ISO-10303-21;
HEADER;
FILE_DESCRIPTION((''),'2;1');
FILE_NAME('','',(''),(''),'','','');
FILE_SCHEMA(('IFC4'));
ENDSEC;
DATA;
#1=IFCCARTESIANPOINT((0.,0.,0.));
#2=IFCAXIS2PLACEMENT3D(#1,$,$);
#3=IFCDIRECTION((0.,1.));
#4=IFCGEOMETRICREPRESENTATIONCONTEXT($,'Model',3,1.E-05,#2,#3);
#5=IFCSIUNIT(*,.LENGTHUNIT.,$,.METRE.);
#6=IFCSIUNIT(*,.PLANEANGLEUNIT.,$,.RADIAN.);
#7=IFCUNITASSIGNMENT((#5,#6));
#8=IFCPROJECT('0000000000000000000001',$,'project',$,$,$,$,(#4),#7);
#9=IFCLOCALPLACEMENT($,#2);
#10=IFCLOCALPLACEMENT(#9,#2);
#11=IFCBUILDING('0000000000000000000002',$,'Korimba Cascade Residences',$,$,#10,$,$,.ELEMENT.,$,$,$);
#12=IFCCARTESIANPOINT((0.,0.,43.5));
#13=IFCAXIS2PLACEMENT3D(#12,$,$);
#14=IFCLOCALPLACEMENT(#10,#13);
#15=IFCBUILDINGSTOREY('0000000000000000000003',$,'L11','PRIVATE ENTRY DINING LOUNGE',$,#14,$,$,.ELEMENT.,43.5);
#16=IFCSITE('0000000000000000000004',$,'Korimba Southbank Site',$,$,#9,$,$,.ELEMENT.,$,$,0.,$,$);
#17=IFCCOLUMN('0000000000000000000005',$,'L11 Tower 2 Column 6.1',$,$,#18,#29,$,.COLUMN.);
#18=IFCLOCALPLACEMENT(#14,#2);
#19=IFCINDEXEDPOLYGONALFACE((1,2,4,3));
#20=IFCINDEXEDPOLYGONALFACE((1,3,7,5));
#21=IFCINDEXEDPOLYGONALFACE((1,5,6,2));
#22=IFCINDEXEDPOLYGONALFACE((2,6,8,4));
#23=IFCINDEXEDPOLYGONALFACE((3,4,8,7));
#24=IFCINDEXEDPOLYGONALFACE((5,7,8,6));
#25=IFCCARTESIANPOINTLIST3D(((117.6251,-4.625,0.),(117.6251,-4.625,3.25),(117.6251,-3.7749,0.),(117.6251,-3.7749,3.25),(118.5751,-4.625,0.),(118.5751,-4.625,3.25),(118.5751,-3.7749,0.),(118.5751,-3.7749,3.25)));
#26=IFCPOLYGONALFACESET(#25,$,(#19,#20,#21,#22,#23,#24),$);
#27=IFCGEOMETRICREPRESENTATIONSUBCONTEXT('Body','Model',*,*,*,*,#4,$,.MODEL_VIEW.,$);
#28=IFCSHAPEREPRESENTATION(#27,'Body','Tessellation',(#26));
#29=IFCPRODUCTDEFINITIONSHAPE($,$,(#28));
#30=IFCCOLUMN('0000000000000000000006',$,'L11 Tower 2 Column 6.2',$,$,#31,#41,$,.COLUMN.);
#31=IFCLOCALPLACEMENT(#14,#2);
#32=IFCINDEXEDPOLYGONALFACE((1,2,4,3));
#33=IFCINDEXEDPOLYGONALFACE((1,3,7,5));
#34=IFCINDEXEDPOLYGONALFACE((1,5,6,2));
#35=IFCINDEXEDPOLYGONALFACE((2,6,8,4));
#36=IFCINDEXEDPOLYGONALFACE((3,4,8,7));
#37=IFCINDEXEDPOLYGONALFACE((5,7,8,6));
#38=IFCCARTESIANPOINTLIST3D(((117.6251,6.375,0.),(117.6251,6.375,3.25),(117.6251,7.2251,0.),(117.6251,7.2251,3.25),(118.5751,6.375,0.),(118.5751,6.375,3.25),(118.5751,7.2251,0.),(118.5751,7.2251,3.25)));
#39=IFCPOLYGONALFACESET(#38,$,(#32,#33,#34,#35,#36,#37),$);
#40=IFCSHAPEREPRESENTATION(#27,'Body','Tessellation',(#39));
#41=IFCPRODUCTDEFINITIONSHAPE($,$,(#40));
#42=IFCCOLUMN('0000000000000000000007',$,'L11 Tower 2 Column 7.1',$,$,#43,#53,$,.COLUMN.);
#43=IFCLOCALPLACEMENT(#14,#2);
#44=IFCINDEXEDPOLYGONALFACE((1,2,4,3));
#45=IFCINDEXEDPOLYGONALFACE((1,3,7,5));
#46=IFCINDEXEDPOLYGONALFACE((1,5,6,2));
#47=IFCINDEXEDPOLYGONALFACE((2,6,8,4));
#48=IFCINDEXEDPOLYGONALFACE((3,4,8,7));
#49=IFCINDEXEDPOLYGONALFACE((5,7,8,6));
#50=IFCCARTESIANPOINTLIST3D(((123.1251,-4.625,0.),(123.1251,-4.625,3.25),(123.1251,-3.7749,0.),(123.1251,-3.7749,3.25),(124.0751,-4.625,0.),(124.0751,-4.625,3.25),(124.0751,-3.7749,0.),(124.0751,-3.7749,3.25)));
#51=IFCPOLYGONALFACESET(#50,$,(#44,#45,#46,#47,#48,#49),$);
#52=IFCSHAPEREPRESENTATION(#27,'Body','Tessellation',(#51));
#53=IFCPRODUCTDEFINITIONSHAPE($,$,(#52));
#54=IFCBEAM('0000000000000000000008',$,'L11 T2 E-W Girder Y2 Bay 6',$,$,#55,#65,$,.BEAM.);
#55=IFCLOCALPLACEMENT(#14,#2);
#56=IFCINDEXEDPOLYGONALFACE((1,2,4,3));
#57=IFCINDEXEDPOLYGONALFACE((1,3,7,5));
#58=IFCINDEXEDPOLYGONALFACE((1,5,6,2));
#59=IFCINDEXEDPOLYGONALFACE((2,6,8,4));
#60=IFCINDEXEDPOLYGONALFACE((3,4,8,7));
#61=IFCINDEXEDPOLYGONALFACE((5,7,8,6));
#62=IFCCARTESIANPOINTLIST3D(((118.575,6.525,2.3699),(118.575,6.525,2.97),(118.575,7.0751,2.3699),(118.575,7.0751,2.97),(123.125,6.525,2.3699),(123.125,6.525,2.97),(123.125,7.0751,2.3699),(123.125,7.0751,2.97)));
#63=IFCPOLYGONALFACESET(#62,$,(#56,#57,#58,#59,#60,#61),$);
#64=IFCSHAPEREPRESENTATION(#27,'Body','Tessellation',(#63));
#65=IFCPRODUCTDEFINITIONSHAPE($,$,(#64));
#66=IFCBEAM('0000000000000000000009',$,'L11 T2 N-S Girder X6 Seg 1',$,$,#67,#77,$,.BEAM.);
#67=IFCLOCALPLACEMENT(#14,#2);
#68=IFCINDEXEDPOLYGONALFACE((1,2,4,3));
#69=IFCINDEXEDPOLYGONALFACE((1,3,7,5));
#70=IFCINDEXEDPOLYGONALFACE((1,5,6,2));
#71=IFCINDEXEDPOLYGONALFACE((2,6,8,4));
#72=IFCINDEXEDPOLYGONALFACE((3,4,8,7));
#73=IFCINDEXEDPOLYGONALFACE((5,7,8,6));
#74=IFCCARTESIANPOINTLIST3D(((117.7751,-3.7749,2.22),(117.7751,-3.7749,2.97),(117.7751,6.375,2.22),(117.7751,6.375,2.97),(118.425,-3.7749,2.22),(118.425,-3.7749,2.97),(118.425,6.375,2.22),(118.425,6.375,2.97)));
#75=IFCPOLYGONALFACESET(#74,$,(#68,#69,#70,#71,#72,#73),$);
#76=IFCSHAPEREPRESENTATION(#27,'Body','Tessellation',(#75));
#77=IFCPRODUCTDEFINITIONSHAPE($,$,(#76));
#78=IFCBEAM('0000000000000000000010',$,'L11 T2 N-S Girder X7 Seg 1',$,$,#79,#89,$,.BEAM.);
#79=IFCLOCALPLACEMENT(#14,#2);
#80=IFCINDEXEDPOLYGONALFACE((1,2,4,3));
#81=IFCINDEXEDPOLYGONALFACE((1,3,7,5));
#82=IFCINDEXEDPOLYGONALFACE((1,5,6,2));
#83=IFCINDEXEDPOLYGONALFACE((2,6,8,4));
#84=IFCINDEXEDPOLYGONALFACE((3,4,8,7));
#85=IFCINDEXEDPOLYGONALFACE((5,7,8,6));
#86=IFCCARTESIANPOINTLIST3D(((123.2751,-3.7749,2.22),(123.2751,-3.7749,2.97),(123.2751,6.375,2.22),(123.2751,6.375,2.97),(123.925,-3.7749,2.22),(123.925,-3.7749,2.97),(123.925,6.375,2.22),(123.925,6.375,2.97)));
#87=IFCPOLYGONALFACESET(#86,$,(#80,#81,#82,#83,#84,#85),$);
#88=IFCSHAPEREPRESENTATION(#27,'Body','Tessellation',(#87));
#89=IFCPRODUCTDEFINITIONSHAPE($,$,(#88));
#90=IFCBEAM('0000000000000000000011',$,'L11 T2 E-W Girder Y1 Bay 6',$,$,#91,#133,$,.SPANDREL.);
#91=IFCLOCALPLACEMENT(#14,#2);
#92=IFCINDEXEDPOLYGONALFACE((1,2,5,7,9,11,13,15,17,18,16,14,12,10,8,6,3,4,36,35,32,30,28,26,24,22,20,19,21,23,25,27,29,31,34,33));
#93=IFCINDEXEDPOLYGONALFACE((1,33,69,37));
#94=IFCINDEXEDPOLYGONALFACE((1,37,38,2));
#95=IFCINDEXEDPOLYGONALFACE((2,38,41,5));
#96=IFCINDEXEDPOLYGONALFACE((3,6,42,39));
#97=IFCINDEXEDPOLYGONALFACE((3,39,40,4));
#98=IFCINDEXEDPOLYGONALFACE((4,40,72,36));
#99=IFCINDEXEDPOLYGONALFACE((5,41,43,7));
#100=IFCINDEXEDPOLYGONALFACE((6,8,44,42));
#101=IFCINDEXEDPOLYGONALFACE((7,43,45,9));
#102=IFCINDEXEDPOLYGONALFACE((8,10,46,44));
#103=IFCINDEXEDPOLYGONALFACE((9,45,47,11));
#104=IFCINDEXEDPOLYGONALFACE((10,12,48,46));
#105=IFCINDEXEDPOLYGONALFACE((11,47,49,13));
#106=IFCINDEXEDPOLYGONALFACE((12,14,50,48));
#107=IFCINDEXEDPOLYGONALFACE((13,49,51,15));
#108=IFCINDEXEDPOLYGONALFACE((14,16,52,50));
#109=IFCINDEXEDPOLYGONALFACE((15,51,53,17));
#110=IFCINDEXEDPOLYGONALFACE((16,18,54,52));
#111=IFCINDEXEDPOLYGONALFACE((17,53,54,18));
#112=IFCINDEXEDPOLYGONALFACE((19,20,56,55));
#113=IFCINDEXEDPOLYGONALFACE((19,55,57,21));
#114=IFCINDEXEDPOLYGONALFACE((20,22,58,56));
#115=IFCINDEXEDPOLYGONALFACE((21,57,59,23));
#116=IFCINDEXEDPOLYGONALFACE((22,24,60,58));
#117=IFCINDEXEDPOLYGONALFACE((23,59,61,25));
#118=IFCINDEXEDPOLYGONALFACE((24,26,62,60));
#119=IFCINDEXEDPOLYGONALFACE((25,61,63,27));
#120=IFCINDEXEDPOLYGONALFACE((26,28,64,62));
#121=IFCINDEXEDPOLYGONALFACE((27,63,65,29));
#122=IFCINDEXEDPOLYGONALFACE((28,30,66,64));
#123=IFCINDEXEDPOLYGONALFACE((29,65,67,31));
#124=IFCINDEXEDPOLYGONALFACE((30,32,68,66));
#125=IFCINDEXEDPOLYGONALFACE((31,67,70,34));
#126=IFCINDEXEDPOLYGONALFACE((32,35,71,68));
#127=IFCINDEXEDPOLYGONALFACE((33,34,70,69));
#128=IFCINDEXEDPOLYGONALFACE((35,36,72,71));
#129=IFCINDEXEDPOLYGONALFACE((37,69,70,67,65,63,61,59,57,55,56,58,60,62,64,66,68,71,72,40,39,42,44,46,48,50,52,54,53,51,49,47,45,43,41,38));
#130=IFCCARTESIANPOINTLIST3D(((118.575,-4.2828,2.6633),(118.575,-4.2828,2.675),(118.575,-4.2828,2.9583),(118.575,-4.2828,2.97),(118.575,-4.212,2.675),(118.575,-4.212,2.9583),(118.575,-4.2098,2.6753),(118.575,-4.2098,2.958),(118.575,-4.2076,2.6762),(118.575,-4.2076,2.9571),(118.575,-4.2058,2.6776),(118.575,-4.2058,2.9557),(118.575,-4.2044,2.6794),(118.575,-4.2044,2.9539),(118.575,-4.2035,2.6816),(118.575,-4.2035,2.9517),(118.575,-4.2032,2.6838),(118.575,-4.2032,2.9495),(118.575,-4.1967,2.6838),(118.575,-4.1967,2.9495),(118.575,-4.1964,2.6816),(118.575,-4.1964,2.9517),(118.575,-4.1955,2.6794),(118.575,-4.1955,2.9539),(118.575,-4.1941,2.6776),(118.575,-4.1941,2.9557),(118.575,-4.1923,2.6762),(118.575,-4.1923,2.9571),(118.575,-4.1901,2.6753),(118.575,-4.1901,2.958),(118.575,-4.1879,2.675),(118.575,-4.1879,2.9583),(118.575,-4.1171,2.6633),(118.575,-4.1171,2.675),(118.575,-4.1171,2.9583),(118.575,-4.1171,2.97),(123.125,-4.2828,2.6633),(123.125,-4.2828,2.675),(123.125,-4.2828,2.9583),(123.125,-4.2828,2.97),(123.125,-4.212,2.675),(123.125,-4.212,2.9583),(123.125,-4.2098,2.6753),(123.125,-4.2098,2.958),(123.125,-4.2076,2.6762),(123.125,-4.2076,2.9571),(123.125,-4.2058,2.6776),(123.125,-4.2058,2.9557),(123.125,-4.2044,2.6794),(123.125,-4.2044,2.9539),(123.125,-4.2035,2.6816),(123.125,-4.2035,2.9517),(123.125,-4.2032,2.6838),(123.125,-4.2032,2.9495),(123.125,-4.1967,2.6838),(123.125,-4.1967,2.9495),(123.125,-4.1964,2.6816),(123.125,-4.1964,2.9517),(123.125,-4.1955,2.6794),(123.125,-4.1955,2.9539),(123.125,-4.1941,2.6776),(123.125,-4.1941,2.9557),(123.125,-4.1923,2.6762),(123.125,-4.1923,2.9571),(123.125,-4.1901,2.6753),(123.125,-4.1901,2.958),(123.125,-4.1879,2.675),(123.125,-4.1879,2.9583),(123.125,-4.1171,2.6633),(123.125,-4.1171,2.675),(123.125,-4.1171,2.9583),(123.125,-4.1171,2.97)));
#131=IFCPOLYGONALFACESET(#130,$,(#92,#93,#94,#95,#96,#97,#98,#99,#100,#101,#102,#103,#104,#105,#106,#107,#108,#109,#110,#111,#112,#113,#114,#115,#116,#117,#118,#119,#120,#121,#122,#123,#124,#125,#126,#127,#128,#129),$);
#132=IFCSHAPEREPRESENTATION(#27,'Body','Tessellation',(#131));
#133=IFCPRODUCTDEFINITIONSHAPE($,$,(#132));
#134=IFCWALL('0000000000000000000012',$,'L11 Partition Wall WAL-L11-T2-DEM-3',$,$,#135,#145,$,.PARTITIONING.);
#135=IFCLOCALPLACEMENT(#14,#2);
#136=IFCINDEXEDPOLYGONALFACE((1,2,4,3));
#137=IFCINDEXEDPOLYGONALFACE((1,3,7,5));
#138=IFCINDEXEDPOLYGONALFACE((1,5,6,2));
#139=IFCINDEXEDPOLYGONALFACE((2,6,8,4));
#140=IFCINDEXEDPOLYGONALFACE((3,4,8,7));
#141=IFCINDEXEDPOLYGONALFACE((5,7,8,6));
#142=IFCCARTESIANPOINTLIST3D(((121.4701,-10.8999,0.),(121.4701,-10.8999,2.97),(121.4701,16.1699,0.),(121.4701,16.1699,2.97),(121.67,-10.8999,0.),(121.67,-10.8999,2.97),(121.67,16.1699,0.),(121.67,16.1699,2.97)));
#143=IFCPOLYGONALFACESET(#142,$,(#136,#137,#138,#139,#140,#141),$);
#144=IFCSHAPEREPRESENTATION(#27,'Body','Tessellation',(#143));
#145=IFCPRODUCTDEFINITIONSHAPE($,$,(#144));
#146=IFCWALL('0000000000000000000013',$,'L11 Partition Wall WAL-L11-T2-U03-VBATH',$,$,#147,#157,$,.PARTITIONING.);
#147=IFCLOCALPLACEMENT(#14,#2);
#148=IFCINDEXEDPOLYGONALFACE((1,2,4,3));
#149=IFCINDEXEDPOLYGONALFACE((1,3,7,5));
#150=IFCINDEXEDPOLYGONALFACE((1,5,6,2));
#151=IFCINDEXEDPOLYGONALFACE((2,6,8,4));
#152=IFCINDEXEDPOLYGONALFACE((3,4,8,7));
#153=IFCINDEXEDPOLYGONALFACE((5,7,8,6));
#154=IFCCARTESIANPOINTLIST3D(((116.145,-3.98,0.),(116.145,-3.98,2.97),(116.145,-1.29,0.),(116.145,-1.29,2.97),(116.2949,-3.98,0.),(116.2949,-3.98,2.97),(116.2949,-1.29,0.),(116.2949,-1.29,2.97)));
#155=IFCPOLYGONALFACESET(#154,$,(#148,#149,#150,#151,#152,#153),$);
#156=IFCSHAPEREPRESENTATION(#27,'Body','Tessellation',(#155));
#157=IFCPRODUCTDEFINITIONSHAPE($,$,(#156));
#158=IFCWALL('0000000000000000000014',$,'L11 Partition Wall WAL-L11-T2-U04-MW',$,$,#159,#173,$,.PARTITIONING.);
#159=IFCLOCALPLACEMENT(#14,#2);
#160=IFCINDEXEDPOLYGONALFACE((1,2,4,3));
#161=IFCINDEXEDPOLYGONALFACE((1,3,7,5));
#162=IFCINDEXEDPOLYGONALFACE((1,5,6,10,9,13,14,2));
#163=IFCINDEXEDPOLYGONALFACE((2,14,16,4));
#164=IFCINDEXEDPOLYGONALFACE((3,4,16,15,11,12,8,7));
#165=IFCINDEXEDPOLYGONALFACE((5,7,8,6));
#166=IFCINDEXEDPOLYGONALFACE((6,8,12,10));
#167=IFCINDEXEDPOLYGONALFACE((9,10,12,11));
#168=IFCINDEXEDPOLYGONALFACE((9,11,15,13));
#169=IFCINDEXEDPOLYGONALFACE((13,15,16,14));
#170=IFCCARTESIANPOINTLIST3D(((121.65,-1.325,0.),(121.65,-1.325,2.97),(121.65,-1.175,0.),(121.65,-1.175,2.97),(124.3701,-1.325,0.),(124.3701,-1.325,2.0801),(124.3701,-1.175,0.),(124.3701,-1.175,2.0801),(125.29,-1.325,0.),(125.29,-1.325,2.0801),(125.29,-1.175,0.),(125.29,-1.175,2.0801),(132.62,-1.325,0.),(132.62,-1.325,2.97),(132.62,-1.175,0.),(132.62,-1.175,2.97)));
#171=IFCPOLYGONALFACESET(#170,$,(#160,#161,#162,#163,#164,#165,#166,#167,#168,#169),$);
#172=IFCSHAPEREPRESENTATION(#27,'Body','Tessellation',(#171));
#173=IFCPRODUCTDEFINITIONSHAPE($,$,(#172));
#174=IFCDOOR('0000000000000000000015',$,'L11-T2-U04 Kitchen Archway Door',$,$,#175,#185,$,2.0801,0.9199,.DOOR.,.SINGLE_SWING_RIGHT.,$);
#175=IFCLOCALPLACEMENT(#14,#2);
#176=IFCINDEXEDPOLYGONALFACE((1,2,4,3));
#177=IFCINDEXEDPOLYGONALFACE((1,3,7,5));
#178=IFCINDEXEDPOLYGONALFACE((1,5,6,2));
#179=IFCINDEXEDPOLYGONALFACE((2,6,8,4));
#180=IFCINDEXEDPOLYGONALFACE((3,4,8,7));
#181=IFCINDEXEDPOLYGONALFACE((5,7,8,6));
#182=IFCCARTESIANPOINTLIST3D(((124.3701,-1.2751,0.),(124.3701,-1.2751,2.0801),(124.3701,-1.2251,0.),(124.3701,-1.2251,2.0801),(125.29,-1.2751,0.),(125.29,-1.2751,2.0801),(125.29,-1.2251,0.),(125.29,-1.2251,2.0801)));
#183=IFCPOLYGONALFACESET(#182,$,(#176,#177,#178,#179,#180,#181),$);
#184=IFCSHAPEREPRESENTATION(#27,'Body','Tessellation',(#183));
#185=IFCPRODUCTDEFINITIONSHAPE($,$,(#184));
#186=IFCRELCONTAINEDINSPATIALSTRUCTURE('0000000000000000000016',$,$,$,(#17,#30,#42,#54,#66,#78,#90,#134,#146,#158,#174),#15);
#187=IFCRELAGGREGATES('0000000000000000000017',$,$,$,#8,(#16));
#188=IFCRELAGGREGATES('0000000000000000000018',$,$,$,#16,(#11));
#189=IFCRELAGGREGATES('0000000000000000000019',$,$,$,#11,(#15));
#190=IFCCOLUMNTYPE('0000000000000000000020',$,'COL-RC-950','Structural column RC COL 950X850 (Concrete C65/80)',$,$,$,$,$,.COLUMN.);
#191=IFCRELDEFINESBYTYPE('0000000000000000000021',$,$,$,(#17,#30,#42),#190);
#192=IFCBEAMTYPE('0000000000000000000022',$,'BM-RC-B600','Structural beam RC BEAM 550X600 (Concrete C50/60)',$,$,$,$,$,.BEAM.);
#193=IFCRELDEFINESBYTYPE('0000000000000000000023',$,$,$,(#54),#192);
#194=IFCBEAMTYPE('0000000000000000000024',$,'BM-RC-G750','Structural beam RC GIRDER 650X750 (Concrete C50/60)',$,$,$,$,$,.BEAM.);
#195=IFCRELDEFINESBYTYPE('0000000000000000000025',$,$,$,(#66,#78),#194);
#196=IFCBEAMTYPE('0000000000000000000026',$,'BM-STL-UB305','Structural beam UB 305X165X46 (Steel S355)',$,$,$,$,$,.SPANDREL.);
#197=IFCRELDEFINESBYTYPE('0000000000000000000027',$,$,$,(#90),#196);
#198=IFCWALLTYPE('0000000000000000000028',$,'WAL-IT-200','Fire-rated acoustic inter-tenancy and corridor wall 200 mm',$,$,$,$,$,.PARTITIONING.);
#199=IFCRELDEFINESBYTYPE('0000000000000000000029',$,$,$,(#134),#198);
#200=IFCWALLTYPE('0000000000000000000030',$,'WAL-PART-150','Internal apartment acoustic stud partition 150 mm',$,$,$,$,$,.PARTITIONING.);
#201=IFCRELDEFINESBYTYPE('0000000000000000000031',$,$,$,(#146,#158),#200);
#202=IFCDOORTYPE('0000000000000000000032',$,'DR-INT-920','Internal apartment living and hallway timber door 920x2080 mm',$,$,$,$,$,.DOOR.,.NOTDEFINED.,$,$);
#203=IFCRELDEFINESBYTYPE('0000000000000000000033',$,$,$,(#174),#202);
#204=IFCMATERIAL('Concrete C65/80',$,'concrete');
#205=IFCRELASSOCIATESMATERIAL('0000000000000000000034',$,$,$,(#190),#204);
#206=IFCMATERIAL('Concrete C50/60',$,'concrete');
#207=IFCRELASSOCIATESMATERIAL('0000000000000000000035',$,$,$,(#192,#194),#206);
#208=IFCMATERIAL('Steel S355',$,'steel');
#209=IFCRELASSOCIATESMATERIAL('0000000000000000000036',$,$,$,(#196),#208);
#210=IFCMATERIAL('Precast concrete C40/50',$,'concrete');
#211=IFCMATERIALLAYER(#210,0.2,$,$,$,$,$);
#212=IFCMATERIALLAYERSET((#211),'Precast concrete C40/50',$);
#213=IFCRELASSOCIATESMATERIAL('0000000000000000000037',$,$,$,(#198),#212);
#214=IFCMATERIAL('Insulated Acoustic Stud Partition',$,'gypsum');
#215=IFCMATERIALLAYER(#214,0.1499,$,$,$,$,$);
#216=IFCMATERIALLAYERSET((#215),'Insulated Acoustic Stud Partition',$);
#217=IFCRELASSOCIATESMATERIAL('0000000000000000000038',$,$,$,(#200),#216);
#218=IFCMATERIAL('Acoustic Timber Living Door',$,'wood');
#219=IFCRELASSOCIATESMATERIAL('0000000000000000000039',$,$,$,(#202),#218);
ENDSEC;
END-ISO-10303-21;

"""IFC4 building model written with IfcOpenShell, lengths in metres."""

from ifc_helpers import new_model, si_unit, direction, frame, frame_2d, origin, origin_2d, place, context, subcontext, project, spatial, rectangle, i_section, extrude, material, layer, layer_set, material_profile, profile_set, type_object, element, fill, save


model = new_model("IFC4")

# Units and contexts
model_context = context("Model", 3, precision=1e-05, world=origin(), true_north=direction((0.0, 1.0)))
body_context = subcontext(model_context, "Body", "Model", "MODEL_VIEW")
ifc_project = project(units=[si_unit("LENGTHUNIT", "METRE"), si_unit("PLANEANGLEUNIT", "RADIAN")], contexts=[model_context])

# Site, building, storey
site_placement = place(None, origin())
site = spatial("IfcSite", under=ifc_project, at=site_placement, Name="Korimba Southbank Site", CompositionType="ELEMENT", RefElevation=0.0)
building_placement = place(site_placement, origin())
building = spatial("IfcBuilding", under=site, at=building_placement, Name="Korimba Cascade Residences", CompositionType="ELEMENT")
storey_placement = place(building_placement, frame((0.0, 0.0, 43.5)))
storey = spatial("IfcBuildingStorey", under=building, at=storey_placement, Name="L11", Description="PRIVATE ENTRY DINING LOUNGE", CompositionType="ELEMENT", Elevation=43.5)

# Columns
ifc_material_1 = material(Name="Concrete C65/80", Category="concrete")
ifc_material_profile_1 = material_profile(ifc_material_1, rectangle(XDim=0.95, YDim=0.8501, at=origin_2d()), Name="Concrete C65/80")
ifc_profile_set_1 = profile_set([ifc_material_profile_1], Name="Concrete C65/80")
column_type = type_object("IfcColumnType", Name="COL-RC-950", Description="Structural column RC COL 950X850 (Concrete C65/80)", PredefinedType="COLUMN", material=ifc_profile_set_1)
for number, where, z_axis, x_axis, name in (
    (1, (118.1001, -4.2, 0.0), (0.0, 0.0, 1.0), (1.0, 0.0, 0.0), "L11 Tower 2 Column 6.1"),
    (2, (118.1001, 6.8, 0.0), (0.0, 0.0, 1.0), (1.0, 0.0, 0.0), "L11 Tower 2 Column 6.2"),
    (3, (123.6001, -4.2, 0.0), (0.0, 0.0, 1.0), (1.0, 0.0, 0.0), "L11 Tower 2 Column 7.1"),
):
    element("IfcColumn", number, at=place(storey_placement, frame(where, z_axis=z_axis, x_axis=x_axis)), inside=storey, type_object=column_type, Name=name, PredefinedType="COLUMN", context=body_context, shape_type="SweptSolid", body=[
        extrude(rectangle(XDim=0.95, YDim=0.8501, at=origin_2d()), origin(), (0.0, 0.0, 1.0), 3.25),
    ])

# Beams
ifc_material_2 = material(Name="Concrete C50/60", Category="concrete")
ifc_material_profile_2 = material_profile(ifc_material_2, rectangle(XDim=0.55, YDim=0.6001, at=origin_2d()), Name="Concrete C50/60")
ifc_profile_set_2 = profile_set([ifc_material_profile_2], Name="Concrete C50/60")
beam_type_1 = type_object("IfcBeamType", Name="BM-RC-B600", Description="Structural beam RC BEAM 550X600 (Concrete C50/60)", PredefinedType="BEAM", material=ifc_profile_set_2)
beam_1_placement = place(storey_placement, frame((118.575, 6.8, 2.6699), z_axis=(1.0, 0.0, 0.0), x_axis=(0.0, 1.0, 0.0)))
element("IfcBeam", 4, at=beam_1_placement, inside=storey, type_object=beam_type_1, Name="L11 T2 E-W Girder Y2 Bay 6", PredefinedType="BEAM", context=body_context, shape_type="SweptSolid", body=[
    extrude(rectangle(XDim=0.55, YDim=0.6001, at=origin_2d()), origin(), (0.0, 0.0, 1.0), 4.55),
])
ifc_material_profile_3 = material_profile(ifc_material_2, rectangle(XDim=0.6499, YDim=0.75, at=origin_2d()), Name="Concrete C50/60")
ifc_profile_set_3 = profile_set([ifc_material_profile_3], Name="Concrete C50/60")
beam_type_2 = type_object("IfcBeamType", Name="BM-RC-G750", Description="Structural beam RC GIRDER 650X750 (Concrete C50/60)", PredefinedType="BEAM", material=ifc_profile_set_3)
for number, where, z_axis, x_axis, name in (
    (5, (118.1001, -3.7749, 2.595), (0.0, 1.0, 0.0), (-1.0, 0.0, 0.0), "L11 T2 N-S Girder X6 Seg 1"),
    (6, (123.6001, -3.7749, 2.595), (0.0, 1.0, 0.0), (-1.0, 0.0, 0.0), "L11 T2 N-S Girder X7 Seg 1"),
):
    element("IfcBeam", number, at=place(storey_placement, frame(where, z_axis=z_axis, x_axis=x_axis)), inside=storey, type_object=beam_type_2, Name=name, PredefinedType="BEAM", context=body_context, shape_type="SweptSolid", body=[
        extrude(rectangle(XDim=0.6499, YDim=0.75, at=origin_2d()), origin(), (0.0, 0.0, 1.0), 10.1499),
    ])
ifc_material_3 = material(Name="Steel S355", Category="steel")
ifc_material_profile_4 = material_profile(ifc_material_3, i_section(OverallWidth=0.1658, OverallDepth=0.3066, WebThickness=0.0066, FlangeThickness=0.0117, FilletRadius=0.0088, at=origin_2d()), Name="Steel S355")
ifc_profile_set_4 = profile_set([ifc_material_profile_4], Name="Steel S355")
beam_type_3 = type_object("IfcBeamType", Name="BM-STL-UB305", Description="Structural beam UB 305X165X46 (Steel S355)", PredefinedType="SPANDREL", material=ifc_profile_set_4)
beam_2_placement = place(storey_placement, frame((118.575, -4.2, 2.8167), z_axis=(1.0, 0.0, 0.0), x_axis=(0.0, 1.0, 0.0)))
element("IfcBeam", 7, at=beam_2_placement, inside=storey, type_object=beam_type_3, Name="L11 T2 E-W Girder Y1 Bay 6", PredefinedType="SPANDREL", context=body_context, shape_type="SweptSolid", body=[
    extrude(i_section(OverallWidth=0.1658, OverallDepth=0.3066, WebThickness=0.0066, FlangeThickness=0.0117, FilletRadius=0.0088, at=origin_2d()), origin(), (0.0, 0.0, 1.0), 4.55),
])

# Walls
ifc_material_4 = material(Name="Precast concrete C40/50", Category="concrete")
ifc_layer_1 = layer(ifc_material_4, 0.2)
ifc_layer_set_1 = layer_set([ifc_layer_1], Name="Precast concrete C40/50")
wall_type_1 = type_object("IfcWallType", Name="WAL-IT-200", Description="Fire-rated acoustic inter-tenancy and corridor wall 200 mm", PredefinedType="PARTITIONING", material=ifc_layer_set_1)
wall_1_placement = place(storey_placement, frame((121.5701, -10.8999, 0.0), z_axis=(0.0, 0.0, 1.0), x_axis=(0.0, 1.0, 0.0)))
element("IfcWall", 8, at=wall_1_placement, inside=storey, type_object=wall_type_1, Name="L11 Partition Wall WAL-L11-T2-DEM-3", PredefinedType="PARTITIONING", context=body_context, shape_type="SweptSolid", body=[
    extrude(rectangle(XDim=27.0698, YDim=0.2, at=frame_2d((13.5349, 0.0))), origin(), (0.0, 0.0, 1.0), 2.97),
])
ifc_material_5 = material(Name="Insulated Acoustic Stud Partition", Category="gypsum")
ifc_layer_2 = layer(ifc_material_5, 0.1499)
ifc_layer_set_2 = layer_set([ifc_layer_2], Name="Insulated Acoustic Stud Partition")
wall_type_2 = type_object("IfcWallType", Name="WAL-PART-150", Description="Internal apartment acoustic stud partition 150 mm", PredefinedType="PARTITIONING", material=ifc_layer_set_2)
wall_2_placement = place(storey_placement, frame((116.22, -3.98, 0.0), z_axis=(0.0, 0.0, 1.0), x_axis=(0.0, 1.0, 0.0)))
element("IfcWall", 9, at=wall_2_placement, inside=storey, type_object=wall_type_2, Name="L11 Partition Wall WAL-L11-T2-U03-VBATH", PredefinedType="PARTITIONING", context=body_context, shape_type="SweptSolid", body=[
    extrude(rectangle(XDim=2.6899, YDim=0.1499, at=frame_2d((1.345, 0.0))), origin(), (0.0, 0.0, 1.0), 2.97),
])

# Wall, opening, door
wall_3_placement = place(storey_placement, frame((121.6501, -1.25, 0.0), z_axis=(0.0, 0.0, 1.0), x_axis=(1.0, 0.0, 0.0)))
wall_3 = element("IfcWall", 10, at=wall_3_placement, inside=storey, type_object=wall_type_2, Name="L11 Partition Wall WAL-L11-T2-U04-MW", PredefinedType="PARTITIONING", context=body_context, shape_type="SweptSolid", body=[
    extrude(rectangle(XDim=10.97, YDim=0.1499, at=frame_2d((5.4849, 0.0))), origin(), (0.0, 0.0, 1.0), 2.97),
])
opening_1_placement = place(wall_3_placement, frame((2.72, 0.0, 0.0)))
opening_1 = element("IfcOpeningElement", 11, at=opening_1_placement, cuts=wall_3, PredefinedType="OPENING", context=body_context, shape_type="SweptSolid", body=[
    extrude(rectangle(XDim=0.9199, YDim=2.0801, at=frame_2d((0.46, 1.04))), frame((0.0, 0.085, 0.0), z_axis=(0.0, -1.0, 0.0), x_axis=(1.0, 0.0, 0.0)), (0.0, 0.0, 1.0), 0.1699),
])
ifc_material_6 = material(Name="Acoustic Timber Living Door", Category="wood")
door_type_1 = type_object("IfcDoorType", Name="DR-INT-920", Description="Internal apartment living and hallway timber door 920x2080 mm", OperationType="NOTDEFINED", PredefinedType="DOOR", material=ifc_material_6)
door_1_placement = place(opening_1_placement, origin())
door_1 = element("IfcDoor", 12, at=door_1_placement, inside=storey, type_object=door_type_1, Name="L11-T2-U04 Kitchen Archway Door", OperationType="SINGLE_SWING_RIGHT", OverallHeight=2.0801, OverallWidth=0.9199, PredefinedType="DOOR", context=body_context, shape_type="SweptSolid", body=[
    extrude(rectangle(XDim=0.9199, YDim=2.0801, at=frame_2d((0.46, 1.04))), frame((0.0, 0.0249, 0.0), z_axis=(0.0, -1.0, 0.0), x_axis=(1.0, 0.0, 0.0)), (0.0, 0.0, 1.0), 0.05),
])
fill(opening_1, door_1)

save(model, "model.ifc")
